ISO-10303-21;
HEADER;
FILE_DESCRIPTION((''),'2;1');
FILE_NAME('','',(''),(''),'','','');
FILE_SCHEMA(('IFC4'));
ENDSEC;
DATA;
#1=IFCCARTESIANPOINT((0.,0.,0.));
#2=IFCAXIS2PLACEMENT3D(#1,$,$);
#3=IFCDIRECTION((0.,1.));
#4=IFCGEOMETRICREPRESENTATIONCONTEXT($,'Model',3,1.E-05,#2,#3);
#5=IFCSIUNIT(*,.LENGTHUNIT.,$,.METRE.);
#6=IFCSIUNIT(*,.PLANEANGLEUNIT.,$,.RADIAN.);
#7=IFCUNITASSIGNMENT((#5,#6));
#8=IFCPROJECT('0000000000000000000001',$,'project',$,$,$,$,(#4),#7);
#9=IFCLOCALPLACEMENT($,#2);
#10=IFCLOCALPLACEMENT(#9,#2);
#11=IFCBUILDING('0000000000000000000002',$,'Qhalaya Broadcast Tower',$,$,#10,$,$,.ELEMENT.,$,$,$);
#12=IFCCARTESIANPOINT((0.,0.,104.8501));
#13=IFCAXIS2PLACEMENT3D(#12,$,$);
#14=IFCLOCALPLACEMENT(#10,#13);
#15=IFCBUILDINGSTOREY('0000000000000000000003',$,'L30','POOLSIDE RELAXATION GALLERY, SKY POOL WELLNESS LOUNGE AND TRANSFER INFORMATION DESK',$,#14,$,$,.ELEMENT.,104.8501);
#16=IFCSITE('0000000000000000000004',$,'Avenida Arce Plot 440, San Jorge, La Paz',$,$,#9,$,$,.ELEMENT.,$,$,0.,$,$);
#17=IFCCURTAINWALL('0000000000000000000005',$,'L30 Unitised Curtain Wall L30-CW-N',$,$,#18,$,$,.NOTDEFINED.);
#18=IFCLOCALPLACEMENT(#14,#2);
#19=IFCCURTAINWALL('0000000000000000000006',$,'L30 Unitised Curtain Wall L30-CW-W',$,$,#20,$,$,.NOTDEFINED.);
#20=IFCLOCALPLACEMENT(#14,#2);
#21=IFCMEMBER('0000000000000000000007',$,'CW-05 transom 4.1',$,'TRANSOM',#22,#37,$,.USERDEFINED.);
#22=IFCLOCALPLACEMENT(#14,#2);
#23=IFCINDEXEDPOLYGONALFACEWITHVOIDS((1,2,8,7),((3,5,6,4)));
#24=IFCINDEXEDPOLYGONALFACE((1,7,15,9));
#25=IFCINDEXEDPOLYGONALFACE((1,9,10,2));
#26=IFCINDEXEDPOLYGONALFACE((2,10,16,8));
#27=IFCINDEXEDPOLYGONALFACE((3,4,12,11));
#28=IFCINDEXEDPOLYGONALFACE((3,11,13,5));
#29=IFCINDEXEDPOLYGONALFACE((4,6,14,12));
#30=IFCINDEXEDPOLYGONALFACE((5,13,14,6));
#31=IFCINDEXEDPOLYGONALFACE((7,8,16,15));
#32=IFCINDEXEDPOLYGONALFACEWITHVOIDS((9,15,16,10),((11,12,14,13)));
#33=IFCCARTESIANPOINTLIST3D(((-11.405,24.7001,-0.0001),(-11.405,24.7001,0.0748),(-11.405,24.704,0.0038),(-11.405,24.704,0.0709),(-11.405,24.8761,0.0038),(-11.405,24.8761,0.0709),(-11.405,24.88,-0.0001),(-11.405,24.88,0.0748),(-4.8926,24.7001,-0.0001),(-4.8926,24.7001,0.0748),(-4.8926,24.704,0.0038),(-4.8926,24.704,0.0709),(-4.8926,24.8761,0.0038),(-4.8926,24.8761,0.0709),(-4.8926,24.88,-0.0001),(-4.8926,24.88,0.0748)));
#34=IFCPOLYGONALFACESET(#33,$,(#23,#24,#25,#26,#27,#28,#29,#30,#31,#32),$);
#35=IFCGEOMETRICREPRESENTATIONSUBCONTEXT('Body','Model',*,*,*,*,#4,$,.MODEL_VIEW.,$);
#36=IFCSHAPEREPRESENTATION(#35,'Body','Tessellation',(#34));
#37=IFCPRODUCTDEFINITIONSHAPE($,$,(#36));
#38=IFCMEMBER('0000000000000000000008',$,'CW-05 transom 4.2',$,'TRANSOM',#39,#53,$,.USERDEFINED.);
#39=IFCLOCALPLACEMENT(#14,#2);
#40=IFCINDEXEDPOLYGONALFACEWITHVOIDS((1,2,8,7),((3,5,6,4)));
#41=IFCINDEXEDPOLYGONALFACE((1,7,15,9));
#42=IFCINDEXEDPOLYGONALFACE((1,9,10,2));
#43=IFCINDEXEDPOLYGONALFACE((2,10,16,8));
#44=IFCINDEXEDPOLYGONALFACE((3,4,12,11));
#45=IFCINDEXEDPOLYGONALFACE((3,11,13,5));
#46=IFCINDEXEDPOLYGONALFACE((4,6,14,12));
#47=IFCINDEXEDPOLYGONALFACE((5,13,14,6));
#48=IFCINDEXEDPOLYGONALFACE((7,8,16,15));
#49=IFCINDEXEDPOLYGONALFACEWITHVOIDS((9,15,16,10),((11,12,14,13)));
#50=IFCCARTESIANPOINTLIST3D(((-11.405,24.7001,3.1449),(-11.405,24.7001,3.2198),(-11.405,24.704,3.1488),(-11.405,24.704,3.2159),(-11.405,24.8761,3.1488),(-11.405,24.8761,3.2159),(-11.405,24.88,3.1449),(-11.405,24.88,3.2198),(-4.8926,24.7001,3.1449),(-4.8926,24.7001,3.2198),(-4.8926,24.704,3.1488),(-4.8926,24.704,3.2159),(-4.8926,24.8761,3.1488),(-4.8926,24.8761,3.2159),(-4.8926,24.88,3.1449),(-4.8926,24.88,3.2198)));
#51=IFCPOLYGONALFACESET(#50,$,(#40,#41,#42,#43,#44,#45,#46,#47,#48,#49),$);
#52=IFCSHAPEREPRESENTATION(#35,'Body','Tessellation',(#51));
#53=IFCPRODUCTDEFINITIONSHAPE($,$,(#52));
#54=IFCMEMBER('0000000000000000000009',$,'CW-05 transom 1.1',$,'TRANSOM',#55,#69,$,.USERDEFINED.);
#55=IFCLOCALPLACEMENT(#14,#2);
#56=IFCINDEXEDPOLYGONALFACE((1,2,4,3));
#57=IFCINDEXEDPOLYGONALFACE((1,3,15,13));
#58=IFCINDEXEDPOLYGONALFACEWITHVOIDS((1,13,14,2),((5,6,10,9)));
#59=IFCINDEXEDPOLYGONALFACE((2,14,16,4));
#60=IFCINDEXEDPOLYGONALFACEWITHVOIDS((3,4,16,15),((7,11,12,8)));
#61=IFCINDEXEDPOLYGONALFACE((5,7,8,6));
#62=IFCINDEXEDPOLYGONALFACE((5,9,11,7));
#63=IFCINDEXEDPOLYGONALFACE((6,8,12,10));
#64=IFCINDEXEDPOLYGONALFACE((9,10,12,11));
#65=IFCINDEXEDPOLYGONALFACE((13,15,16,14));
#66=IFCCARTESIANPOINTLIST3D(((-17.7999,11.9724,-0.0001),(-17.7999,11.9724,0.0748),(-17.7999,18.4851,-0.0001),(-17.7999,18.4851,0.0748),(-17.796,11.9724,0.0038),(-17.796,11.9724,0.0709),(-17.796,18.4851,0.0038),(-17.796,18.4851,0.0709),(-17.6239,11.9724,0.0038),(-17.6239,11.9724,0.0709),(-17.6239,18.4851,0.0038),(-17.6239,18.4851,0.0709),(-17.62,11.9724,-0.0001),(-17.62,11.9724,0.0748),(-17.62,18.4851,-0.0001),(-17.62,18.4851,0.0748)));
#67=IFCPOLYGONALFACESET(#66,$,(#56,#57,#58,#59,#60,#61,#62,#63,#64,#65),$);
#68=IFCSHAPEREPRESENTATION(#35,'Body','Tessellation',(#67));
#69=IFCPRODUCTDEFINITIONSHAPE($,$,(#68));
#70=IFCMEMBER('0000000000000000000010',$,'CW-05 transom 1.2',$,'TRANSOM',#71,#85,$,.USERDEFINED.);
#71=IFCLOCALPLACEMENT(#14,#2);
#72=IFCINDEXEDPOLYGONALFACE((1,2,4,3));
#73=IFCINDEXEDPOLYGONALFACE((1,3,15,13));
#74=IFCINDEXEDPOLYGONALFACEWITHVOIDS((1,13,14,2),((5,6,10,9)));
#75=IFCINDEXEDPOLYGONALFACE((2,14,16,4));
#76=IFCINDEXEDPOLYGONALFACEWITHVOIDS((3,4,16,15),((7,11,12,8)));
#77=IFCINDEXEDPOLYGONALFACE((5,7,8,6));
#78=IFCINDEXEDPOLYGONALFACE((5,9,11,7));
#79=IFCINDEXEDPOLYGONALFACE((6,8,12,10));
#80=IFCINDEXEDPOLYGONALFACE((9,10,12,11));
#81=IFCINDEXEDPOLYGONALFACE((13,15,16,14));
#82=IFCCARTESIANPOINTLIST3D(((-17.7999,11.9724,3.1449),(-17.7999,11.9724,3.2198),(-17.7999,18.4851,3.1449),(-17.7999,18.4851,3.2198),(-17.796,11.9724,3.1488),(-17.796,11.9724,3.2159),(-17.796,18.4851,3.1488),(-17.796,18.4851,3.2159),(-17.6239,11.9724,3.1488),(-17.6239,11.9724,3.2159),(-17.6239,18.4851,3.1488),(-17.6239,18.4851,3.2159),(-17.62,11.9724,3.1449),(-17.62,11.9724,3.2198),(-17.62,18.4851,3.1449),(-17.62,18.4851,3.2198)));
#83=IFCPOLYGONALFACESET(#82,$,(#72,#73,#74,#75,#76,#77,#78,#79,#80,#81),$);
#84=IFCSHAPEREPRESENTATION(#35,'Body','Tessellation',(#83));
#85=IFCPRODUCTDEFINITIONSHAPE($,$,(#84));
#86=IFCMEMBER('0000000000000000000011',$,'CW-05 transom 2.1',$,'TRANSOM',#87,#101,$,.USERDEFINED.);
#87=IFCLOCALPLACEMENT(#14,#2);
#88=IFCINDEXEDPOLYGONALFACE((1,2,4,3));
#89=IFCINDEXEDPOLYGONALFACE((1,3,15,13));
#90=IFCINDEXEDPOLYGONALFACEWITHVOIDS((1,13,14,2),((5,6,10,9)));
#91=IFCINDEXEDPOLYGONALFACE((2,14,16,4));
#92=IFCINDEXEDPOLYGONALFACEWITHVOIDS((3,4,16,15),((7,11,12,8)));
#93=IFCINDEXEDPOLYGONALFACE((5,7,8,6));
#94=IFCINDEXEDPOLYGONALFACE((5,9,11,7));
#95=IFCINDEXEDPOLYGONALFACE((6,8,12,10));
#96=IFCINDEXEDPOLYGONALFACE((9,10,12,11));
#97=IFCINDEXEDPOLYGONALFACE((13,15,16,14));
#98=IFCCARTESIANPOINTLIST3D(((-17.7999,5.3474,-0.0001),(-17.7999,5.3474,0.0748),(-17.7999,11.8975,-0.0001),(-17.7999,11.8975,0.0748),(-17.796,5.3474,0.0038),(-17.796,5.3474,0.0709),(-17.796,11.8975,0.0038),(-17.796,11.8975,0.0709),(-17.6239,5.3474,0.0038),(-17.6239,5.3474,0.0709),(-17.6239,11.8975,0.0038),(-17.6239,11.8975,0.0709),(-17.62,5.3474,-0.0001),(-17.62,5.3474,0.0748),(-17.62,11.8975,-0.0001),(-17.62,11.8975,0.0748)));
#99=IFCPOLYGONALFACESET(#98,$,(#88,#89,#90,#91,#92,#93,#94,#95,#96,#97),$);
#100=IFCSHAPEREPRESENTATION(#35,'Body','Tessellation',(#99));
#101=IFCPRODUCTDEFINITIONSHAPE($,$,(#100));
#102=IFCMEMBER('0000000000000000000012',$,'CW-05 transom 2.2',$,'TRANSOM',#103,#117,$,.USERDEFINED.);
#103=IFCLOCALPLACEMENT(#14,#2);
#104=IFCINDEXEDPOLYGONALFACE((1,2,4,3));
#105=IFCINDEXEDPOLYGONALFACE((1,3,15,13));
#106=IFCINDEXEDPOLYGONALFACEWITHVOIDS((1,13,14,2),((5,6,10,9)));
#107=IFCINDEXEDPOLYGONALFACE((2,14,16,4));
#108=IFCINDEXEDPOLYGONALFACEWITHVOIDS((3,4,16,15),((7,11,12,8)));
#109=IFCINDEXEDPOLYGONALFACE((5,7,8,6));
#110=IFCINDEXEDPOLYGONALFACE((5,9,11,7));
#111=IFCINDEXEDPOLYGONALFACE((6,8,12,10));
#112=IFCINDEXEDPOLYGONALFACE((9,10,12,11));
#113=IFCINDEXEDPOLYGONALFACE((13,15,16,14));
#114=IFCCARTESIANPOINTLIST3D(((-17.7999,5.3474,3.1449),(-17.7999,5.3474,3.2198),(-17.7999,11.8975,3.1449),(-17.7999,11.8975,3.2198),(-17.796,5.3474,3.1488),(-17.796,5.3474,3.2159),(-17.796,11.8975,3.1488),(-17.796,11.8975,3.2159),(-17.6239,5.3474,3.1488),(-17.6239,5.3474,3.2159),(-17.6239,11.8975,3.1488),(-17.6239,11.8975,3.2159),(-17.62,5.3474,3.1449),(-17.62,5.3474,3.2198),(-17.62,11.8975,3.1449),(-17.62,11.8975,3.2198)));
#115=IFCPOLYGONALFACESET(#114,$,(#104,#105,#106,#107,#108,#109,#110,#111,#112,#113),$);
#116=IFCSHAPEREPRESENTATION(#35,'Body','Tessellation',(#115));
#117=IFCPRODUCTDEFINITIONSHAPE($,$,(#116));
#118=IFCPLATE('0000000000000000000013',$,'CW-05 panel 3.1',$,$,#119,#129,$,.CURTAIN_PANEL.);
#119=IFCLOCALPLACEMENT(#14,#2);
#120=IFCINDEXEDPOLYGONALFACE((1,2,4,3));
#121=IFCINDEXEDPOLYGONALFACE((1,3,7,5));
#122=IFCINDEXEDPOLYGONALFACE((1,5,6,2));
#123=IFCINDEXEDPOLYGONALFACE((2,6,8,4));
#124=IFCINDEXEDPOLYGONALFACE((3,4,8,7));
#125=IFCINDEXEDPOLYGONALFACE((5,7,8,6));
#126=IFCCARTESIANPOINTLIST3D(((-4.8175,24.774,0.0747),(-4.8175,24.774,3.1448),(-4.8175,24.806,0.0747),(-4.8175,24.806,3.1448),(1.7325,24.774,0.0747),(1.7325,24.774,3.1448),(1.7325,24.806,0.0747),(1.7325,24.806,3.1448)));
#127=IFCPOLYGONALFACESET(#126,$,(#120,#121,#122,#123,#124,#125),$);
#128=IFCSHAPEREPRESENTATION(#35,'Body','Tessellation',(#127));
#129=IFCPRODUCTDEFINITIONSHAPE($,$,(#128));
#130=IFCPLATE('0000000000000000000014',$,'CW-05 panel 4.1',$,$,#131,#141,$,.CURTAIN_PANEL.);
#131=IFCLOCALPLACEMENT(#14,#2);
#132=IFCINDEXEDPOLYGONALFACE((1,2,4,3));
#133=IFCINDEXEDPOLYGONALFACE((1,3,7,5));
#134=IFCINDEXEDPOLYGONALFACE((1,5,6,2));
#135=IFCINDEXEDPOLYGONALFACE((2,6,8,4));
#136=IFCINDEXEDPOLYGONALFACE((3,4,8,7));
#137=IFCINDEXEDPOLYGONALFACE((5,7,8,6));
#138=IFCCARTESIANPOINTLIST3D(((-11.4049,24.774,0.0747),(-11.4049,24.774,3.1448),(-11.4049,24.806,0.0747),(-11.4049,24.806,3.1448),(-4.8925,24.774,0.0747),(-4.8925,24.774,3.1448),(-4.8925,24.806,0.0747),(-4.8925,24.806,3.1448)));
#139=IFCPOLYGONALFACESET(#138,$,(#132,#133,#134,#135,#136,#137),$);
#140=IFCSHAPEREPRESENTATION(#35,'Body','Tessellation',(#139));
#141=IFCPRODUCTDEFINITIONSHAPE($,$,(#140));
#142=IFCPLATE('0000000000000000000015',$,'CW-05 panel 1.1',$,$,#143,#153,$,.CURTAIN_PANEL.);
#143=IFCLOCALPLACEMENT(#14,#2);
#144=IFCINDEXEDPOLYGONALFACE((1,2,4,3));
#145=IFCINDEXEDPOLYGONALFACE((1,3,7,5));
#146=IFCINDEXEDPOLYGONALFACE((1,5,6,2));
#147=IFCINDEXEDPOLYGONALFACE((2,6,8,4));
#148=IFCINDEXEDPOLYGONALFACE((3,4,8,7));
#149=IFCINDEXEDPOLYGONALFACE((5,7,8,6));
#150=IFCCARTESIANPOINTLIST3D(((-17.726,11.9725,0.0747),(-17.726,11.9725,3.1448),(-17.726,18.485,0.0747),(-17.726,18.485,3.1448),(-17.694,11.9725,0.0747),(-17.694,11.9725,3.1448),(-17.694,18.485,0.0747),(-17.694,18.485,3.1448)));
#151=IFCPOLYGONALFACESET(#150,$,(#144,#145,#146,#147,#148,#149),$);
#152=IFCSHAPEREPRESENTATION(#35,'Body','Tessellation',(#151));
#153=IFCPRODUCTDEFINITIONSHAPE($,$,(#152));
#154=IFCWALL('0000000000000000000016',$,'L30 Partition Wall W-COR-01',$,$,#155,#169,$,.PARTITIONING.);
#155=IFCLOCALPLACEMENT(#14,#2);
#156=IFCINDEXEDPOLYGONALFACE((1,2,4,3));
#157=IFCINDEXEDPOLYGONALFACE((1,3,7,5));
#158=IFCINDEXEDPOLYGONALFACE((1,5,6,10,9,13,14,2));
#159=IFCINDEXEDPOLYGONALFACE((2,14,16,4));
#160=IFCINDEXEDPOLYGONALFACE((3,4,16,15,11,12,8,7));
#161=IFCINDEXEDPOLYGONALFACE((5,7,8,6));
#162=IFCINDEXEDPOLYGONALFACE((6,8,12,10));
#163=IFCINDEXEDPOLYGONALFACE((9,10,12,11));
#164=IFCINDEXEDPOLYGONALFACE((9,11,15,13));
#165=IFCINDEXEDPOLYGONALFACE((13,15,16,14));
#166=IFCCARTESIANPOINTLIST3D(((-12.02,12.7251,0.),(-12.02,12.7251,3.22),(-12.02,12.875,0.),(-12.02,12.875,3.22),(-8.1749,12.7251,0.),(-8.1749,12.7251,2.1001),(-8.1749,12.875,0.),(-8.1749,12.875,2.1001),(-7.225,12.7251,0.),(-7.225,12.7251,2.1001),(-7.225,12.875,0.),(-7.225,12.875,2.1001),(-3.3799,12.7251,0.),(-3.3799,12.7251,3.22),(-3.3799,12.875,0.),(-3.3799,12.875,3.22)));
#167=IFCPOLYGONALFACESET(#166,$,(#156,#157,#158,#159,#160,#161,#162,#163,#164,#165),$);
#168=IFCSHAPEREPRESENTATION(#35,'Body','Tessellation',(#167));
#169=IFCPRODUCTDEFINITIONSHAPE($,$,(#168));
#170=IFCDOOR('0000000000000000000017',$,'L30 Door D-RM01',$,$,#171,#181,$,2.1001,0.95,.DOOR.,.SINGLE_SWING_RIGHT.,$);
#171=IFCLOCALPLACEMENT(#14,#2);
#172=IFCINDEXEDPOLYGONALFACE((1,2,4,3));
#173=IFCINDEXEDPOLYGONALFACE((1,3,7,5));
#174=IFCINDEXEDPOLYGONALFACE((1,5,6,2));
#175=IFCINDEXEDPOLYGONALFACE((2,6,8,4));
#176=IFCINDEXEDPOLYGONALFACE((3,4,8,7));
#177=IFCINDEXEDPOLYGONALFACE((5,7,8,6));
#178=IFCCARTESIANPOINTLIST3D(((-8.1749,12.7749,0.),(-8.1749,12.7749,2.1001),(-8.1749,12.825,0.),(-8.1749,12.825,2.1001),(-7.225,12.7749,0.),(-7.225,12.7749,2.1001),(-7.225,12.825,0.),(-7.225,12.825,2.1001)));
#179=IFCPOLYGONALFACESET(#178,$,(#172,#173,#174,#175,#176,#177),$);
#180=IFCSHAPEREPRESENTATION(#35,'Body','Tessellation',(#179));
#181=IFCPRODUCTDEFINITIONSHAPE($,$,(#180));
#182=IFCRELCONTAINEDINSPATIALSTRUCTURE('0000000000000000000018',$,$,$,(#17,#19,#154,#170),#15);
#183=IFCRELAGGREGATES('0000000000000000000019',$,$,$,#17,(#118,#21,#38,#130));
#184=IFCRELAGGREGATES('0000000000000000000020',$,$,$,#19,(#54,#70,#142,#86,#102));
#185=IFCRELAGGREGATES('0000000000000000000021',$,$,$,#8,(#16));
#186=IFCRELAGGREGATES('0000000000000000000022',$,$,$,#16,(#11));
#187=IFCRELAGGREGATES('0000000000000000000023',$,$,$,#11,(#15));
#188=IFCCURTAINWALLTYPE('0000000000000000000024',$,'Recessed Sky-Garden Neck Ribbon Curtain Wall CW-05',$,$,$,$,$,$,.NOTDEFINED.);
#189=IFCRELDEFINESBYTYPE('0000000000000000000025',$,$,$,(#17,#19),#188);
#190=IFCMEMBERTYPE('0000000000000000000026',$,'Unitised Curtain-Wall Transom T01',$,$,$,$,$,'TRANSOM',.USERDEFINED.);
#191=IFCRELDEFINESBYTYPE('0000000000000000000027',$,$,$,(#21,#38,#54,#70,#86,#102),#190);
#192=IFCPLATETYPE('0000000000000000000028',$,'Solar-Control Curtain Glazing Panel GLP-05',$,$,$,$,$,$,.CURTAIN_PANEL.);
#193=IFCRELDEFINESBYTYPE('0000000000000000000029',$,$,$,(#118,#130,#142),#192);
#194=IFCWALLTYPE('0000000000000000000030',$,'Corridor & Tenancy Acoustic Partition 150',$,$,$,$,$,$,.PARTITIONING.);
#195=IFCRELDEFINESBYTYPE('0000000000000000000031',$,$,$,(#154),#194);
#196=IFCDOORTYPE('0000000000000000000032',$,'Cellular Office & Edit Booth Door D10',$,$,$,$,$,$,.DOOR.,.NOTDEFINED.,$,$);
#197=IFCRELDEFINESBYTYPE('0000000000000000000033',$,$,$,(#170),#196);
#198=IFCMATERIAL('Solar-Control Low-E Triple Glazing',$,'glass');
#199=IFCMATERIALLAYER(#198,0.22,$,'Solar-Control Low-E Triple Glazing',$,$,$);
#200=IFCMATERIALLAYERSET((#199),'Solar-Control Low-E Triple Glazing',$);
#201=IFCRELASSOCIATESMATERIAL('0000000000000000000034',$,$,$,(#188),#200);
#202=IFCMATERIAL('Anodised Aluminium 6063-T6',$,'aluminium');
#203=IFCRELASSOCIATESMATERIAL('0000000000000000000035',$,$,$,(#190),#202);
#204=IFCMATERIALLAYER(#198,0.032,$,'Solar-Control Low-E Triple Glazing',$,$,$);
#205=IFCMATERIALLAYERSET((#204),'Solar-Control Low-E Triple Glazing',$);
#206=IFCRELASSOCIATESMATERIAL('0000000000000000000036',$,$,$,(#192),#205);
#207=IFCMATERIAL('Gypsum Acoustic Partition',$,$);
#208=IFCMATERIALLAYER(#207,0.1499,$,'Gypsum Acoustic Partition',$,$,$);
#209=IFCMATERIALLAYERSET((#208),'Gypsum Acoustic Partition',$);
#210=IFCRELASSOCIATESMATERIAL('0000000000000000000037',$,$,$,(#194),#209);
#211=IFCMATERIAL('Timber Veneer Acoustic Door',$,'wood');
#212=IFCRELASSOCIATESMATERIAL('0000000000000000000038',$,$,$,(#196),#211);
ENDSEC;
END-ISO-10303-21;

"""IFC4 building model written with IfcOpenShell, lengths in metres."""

from ifc_helpers import new_model, si_unit, direction, frame, frame_2d, origin, origin_2d, place, context, subcontext, project, spatial, rectangle, hollow_rectangle, extrude, material, layer, layer_set, material_profile, profile_set, type_object, element, fill, aggregate, save


model = new_model("IFC4")

# Units and contexts
model_context = context("Model", 3, precision=1e-05, world=origin(), true_north=direction((0.0, 1.0)))
body_context = subcontext(model_context, "Body", "Model", "MODEL_VIEW")
ifc_project = project(units=[si_unit("LENGTHUNIT", "METRE"), si_unit("PLANEANGLEUNIT", "RADIAN")], contexts=[model_context])

# Site, building, storey
site_placement = place(None, origin())
site = spatial("IfcSite", under=ifc_project, at=site_placement, Name="Avenida Arce Plot 440, San Jorge, La Paz", CompositionType="ELEMENT", RefElevation=0.0)
building_placement = place(site_placement, origin())
building = spatial("IfcBuilding", under=site, at=building_placement, Name="Qhalaya Broadcast Tower", CompositionType="ELEMENT")
storey_placement = place(building_placement, frame((0.0, 0.0, 104.8501)))
storey = spatial("IfcBuildingStorey", under=building, at=storey_placement, Name="L30", Description="POOLSIDE RELAXATION GALLERY, SKY POOL WELLNESS LOUNGE AND TRANSFER INFORMATION DESK", CompositionType="ELEMENT", Elevation=104.8501)

# Curtain walls
ifc_material_1 = material(Name="Solar-Control Low-E Triple Glazing", Category="glass")
ifc_layer_1 = layer(ifc_material_1, 0.22, Name="Solar-Control Low-E Triple Glazing")
ifc_layer_set_1 = layer_set([ifc_layer_1], Name="Solar-Control Low-E Triple Glazing")
curtain_wall_type = type_object("IfcCurtainWallType", Name="Recessed Sky-Garden Neck Ribbon Curtain Wall CW-05", PredefinedType="NOTDEFINED", material=ifc_layer_set_1)
curtain_wall_1_placement = place(storey_placement, origin())
curtain_wall_1 = element("IfcCurtainWall", 1, at=curtain_wall_1_placement, inside=storey, type_object=curtain_wall_type, Name="L30 Unitised Curtain Wall L30-CW-N", PredefinedType="NOTDEFINED")
ifc_material_2 = material(Name="Anodised Aluminium 6063-T6", Category="aluminium")
curtain_wall_2_placement = place(storey_placement, origin())
curtain_wall_2 = element("IfcCurtainWall", 2, at=curtain_wall_2_placement, inside=storey, type_object=curtain_wall_type, Name="L30 Unitised Curtain Wall L30-CW-W", PredefinedType="NOTDEFINED")

# Members
ifc_material_profile_1 = material_profile(ifc_material_2, hollow_rectangle(XDim=0.075, YDim=0.1799, WallThickness=0.0039, at=origin_2d()), Name="ALU-TRN 75x180x4")
ifc_profile_set_1 = profile_set([ifc_material_profile_1], Name="Anodised Aluminium 6063-T6")
member_type_1 = type_object("IfcMemberType", Name="Unitised Curtain-Wall Transom T01", ElementType="TRANSOM", PredefinedType="USERDEFINED", material=ifc_profile_set_1)
member_1_placement = place(storey_placement, frame((-4.8926, 24.79, 0.0374), z_axis=(-1.0, 0.0, 0.0), x_axis=(0.0, 0.0, 1.0)))
member_1 = element("IfcMember", 3, at=member_1_placement, type_object=member_type_1, Name="CW-05 transom 4.1", ObjectType="TRANSOM", PredefinedType="USERDEFINED", context=body_context, shape_type="SweptSolid", body=[
    extrude(hollow_rectangle(XDim=0.075, YDim=0.1799, WallThickness=0.0039, at=origin_2d()), origin(), (0.0, 0.0, 1.0), 6.5125),
])
member_2_placement = place(storey_placement, frame((-4.8926, 24.79, 3.1824), z_axis=(-1.0, 0.0, 0.0), x_axis=(0.0, 0.0, 1.0)))
member_2 = element("IfcMember", 4, at=member_2_placement, type_object=member_type_1, Name="CW-05 transom 4.2", ObjectType="TRANSOM", PredefinedType="USERDEFINED", context=body_context, shape_type="SweptSolid", body=[
    extrude(hollow_rectangle(XDim=0.075, YDim=0.1799, WallThickness=0.0039, at=origin_2d()), origin(), (0.0, 0.0, 1.0), 6.5125),
])
member_3_placement = place(storey_placement, frame((-17.71, 18.4851, 0.0374), z_axis=(0.0, -1.0, 0.0), x_axis=(0.0, 0.0, 1.0)))
member_3 = element("IfcMember", 5, at=member_3_placement, type_object=member_type_1, Name="CW-05 transom 1.1", ObjectType="TRANSOM", PredefinedType="USERDEFINED", context=body_context, shape_type="SweptSolid", body=[
    extrude(hollow_rectangle(XDim=0.075, YDim=0.1799, WallThickness=0.0039, at=origin_2d()), origin(), (0.0, 0.0, 1.0), 6.5127),
])
member_4_placement = place(storey_placement, frame((-17.71, 18.4851, 3.1824), z_axis=(0.0, -1.0, 0.0), x_axis=(0.0, 0.0, 1.0)))
member_4 = element("IfcMember", 6, at=member_4_placement, type_object=member_type_1, Name="CW-05 transom 1.2", ObjectType="TRANSOM", PredefinedType="USERDEFINED", context=body_context, shape_type="SweptSolid", body=[
    extrude(hollow_rectangle(XDim=0.075, YDim=0.1799, WallThickness=0.0039, at=origin_2d()), origin(), (0.0, 0.0, 1.0), 6.5127),
])
member_5_placement = place(storey_placement, frame((-17.71, 11.8975, 0.0374), z_axis=(0.0, -1.0, 0.0), x_axis=(0.0, 0.0, 1.0)))
member_5 = element("IfcMember", 7, at=member_5_placement, type_object=member_type_1, Name="CW-05 transom 2.1", ObjectType="TRANSOM", PredefinedType="USERDEFINED", context=body_context, shape_type="SweptSolid", body=[
    extrude(hollow_rectangle(XDim=0.075, YDim=0.1799, WallThickness=0.0039, at=origin_2d()), origin(), (0.0, 0.0, 1.0), 6.55),
])
member_6_placement = place(storey_placement, frame((-17.71, 11.8975, 3.1824), z_axis=(0.0, -1.0, 0.0), x_axis=(0.0, 0.0, 1.0)))
member_6 = element("IfcMember", 8, at=member_6_placement, type_object=member_type_1, Name="CW-05 transom 2.2", ObjectType="TRANSOM", PredefinedType="USERDEFINED", context=body_context, shape_type="SweptSolid", body=[
    extrude(hollow_rectangle(XDim=0.075, YDim=0.1799, WallThickness=0.0039, at=origin_2d()), origin(), (0.0, 0.0, 1.0), 6.55),
])

# Plates
ifc_layer_2 = layer(ifc_material_1, 0.032, Name="Solar-Control Low-E Triple Glazing")
ifc_layer_set_2 = layer_set([ifc_layer_2], Name="Solar-Control Low-E Triple Glazing")
plate_type = type_object("IfcPlateType", Name="Solar-Control Curtain Glazing Panel GLP-05", PredefinedType="CURTAIN_PANEL", material=ifc_layer_set_2)
plate_1_placement = place(storey_placement, frame((-1.5425, 24.79, 0.0747), z_axis=(0.0, 0.0, 1.0), x_axis=(-1.0, 0.0, 0.0)))
plate_1 = element("IfcPlate", 9, at=plate_1_placement, type_object=plate_type, Name="CW-05 panel 3.1", PredefinedType="CURTAIN_PANEL", context=body_context, shape_type="SweptSolid", body=[
    extrude(rectangle(XDim=6.55, YDim=0.032, at=origin_2d()), origin(), (0.0, 0.0, 1.0), 3.0701),
])
plate_2_placement = place(storey_placement, frame((-8.1487, 24.79, 0.0747), z_axis=(0.0, 0.0, 1.0), x_axis=(-1.0, 0.0, 0.0)))
plate_2 = element("IfcPlate", 10, at=plate_2_placement, type_object=plate_type, Name="CW-05 panel 4.1", PredefinedType="CURTAIN_PANEL", context=body_context, shape_type="SweptSolid", body=[
    extrude(rectangle(XDim=6.5125, YDim=0.032, at=origin_2d()), origin(), (0.0, 0.0, 1.0), 3.0701),
])
aggregate(curtain_wall_1, [plate_1, member_1, member_2, plate_2])
plate_3_placement = place(storey_placement, frame((-17.71, 15.2288, 0.0747), z_axis=(0.0, 0.0, 1.0), x_axis=(0.0, -1.0, 0.0)))
plate_3 = element("IfcPlate", 11, at=plate_3_placement, type_object=plate_type, Name="CW-05 panel 1.1", PredefinedType="CURTAIN_PANEL", context=body_context, shape_type="SweptSolid", body=[
    extrude(rectangle(XDim=6.5125, YDim=0.032, at=origin_2d()), origin(), (0.0, 0.0, 1.0), 3.0701),
])
aggregate(curtain_wall_2, [member_3, member_4, plate_3, member_5, member_6])

# Wall, opening, door
ifc_material_3 = material(Name="Gypsum Acoustic Partition")
ifc_layer_3 = layer(ifc_material_3, 0.1499, Name="Gypsum Acoustic Partition")
ifc_layer_set_3 = layer_set([ifc_layer_3], Name="Gypsum Acoustic Partition")
wall_type_1 = type_object("IfcWallType", Name="Corridor & Tenancy Acoustic Partition 150", PredefinedType="PARTITIONING", material=ifc_layer_set_3)
wall_1_placement = place(storey_placement, frame((-12.02, 12.8, 0.0), z_axis=(0.0, 0.0, 1.0), x_axis=(1.0, 0.0, 0.0)))
wall_1 = element("IfcWall", 12, at=wall_1_placement, inside=storey, type_object=wall_type_1, Name="L30 Partition Wall W-COR-01", PredefinedType="PARTITIONING", context=body_context, shape_type="SweptSolid", body=[
    extrude(rectangle(XDim=8.6401, YDim=0.1499, at=frame_2d((4.3201, 0.0))), origin(), (0.0, 0.0, 1.0), 3.22),
])
opening_1_placement = place(wall_1_placement, frame((3.845, 0.0, 0.0)))
opening_1 = element("IfcOpeningElement", 13, at=opening_1_placement, cuts=wall_1, PredefinedType="OPENING", context=body_context, shape_type="SweptSolid", body=[
    extrude(rectangle(XDim=0.95, YDim=2.1001, at=frame_2d((0.4751, 1.05))), frame((0.0, 0.0869, 0.0), z_axis=(0.0, -1.0, 0.0), x_axis=(1.0, 0.0, 0.0)), (0.0, 0.0, 1.0), 0.1738),
])
ifc_material_4 = material(Name="Timber Veneer Acoustic Door", Category="wood")
door_type = type_object("IfcDoorType", Name="Cellular Office & Edit Booth Door D10", OperationType="NOTDEFINED", PredefinedType="DOOR", material=ifc_material_4)
door_1_placement = place(opening_1_placement, origin())
door_1 = element("IfcDoor", 14, at=door_1_placement, inside=storey, type_object=door_type, Name="L30 Door D-RM01", OperationType="SINGLE_SWING_RIGHT", OverallHeight=2.1001, OverallWidth=0.95, PredefinedType="DOOR", context=body_context, shape_type="SweptSolid", body=[
    extrude(rectangle(XDim=0.95, YDim=2.1001, at=frame_2d((0.4751, 1.05))), frame((0.0, 0.0249, 0.0), z_axis=(0.0, -1.0, 0.0), x_axis=(1.0, 0.0, 0.0)), (0.0, 0.0, 1.0), 0.05),
])
fill(opening_1, door_1)

save(model, "model.ifc")
